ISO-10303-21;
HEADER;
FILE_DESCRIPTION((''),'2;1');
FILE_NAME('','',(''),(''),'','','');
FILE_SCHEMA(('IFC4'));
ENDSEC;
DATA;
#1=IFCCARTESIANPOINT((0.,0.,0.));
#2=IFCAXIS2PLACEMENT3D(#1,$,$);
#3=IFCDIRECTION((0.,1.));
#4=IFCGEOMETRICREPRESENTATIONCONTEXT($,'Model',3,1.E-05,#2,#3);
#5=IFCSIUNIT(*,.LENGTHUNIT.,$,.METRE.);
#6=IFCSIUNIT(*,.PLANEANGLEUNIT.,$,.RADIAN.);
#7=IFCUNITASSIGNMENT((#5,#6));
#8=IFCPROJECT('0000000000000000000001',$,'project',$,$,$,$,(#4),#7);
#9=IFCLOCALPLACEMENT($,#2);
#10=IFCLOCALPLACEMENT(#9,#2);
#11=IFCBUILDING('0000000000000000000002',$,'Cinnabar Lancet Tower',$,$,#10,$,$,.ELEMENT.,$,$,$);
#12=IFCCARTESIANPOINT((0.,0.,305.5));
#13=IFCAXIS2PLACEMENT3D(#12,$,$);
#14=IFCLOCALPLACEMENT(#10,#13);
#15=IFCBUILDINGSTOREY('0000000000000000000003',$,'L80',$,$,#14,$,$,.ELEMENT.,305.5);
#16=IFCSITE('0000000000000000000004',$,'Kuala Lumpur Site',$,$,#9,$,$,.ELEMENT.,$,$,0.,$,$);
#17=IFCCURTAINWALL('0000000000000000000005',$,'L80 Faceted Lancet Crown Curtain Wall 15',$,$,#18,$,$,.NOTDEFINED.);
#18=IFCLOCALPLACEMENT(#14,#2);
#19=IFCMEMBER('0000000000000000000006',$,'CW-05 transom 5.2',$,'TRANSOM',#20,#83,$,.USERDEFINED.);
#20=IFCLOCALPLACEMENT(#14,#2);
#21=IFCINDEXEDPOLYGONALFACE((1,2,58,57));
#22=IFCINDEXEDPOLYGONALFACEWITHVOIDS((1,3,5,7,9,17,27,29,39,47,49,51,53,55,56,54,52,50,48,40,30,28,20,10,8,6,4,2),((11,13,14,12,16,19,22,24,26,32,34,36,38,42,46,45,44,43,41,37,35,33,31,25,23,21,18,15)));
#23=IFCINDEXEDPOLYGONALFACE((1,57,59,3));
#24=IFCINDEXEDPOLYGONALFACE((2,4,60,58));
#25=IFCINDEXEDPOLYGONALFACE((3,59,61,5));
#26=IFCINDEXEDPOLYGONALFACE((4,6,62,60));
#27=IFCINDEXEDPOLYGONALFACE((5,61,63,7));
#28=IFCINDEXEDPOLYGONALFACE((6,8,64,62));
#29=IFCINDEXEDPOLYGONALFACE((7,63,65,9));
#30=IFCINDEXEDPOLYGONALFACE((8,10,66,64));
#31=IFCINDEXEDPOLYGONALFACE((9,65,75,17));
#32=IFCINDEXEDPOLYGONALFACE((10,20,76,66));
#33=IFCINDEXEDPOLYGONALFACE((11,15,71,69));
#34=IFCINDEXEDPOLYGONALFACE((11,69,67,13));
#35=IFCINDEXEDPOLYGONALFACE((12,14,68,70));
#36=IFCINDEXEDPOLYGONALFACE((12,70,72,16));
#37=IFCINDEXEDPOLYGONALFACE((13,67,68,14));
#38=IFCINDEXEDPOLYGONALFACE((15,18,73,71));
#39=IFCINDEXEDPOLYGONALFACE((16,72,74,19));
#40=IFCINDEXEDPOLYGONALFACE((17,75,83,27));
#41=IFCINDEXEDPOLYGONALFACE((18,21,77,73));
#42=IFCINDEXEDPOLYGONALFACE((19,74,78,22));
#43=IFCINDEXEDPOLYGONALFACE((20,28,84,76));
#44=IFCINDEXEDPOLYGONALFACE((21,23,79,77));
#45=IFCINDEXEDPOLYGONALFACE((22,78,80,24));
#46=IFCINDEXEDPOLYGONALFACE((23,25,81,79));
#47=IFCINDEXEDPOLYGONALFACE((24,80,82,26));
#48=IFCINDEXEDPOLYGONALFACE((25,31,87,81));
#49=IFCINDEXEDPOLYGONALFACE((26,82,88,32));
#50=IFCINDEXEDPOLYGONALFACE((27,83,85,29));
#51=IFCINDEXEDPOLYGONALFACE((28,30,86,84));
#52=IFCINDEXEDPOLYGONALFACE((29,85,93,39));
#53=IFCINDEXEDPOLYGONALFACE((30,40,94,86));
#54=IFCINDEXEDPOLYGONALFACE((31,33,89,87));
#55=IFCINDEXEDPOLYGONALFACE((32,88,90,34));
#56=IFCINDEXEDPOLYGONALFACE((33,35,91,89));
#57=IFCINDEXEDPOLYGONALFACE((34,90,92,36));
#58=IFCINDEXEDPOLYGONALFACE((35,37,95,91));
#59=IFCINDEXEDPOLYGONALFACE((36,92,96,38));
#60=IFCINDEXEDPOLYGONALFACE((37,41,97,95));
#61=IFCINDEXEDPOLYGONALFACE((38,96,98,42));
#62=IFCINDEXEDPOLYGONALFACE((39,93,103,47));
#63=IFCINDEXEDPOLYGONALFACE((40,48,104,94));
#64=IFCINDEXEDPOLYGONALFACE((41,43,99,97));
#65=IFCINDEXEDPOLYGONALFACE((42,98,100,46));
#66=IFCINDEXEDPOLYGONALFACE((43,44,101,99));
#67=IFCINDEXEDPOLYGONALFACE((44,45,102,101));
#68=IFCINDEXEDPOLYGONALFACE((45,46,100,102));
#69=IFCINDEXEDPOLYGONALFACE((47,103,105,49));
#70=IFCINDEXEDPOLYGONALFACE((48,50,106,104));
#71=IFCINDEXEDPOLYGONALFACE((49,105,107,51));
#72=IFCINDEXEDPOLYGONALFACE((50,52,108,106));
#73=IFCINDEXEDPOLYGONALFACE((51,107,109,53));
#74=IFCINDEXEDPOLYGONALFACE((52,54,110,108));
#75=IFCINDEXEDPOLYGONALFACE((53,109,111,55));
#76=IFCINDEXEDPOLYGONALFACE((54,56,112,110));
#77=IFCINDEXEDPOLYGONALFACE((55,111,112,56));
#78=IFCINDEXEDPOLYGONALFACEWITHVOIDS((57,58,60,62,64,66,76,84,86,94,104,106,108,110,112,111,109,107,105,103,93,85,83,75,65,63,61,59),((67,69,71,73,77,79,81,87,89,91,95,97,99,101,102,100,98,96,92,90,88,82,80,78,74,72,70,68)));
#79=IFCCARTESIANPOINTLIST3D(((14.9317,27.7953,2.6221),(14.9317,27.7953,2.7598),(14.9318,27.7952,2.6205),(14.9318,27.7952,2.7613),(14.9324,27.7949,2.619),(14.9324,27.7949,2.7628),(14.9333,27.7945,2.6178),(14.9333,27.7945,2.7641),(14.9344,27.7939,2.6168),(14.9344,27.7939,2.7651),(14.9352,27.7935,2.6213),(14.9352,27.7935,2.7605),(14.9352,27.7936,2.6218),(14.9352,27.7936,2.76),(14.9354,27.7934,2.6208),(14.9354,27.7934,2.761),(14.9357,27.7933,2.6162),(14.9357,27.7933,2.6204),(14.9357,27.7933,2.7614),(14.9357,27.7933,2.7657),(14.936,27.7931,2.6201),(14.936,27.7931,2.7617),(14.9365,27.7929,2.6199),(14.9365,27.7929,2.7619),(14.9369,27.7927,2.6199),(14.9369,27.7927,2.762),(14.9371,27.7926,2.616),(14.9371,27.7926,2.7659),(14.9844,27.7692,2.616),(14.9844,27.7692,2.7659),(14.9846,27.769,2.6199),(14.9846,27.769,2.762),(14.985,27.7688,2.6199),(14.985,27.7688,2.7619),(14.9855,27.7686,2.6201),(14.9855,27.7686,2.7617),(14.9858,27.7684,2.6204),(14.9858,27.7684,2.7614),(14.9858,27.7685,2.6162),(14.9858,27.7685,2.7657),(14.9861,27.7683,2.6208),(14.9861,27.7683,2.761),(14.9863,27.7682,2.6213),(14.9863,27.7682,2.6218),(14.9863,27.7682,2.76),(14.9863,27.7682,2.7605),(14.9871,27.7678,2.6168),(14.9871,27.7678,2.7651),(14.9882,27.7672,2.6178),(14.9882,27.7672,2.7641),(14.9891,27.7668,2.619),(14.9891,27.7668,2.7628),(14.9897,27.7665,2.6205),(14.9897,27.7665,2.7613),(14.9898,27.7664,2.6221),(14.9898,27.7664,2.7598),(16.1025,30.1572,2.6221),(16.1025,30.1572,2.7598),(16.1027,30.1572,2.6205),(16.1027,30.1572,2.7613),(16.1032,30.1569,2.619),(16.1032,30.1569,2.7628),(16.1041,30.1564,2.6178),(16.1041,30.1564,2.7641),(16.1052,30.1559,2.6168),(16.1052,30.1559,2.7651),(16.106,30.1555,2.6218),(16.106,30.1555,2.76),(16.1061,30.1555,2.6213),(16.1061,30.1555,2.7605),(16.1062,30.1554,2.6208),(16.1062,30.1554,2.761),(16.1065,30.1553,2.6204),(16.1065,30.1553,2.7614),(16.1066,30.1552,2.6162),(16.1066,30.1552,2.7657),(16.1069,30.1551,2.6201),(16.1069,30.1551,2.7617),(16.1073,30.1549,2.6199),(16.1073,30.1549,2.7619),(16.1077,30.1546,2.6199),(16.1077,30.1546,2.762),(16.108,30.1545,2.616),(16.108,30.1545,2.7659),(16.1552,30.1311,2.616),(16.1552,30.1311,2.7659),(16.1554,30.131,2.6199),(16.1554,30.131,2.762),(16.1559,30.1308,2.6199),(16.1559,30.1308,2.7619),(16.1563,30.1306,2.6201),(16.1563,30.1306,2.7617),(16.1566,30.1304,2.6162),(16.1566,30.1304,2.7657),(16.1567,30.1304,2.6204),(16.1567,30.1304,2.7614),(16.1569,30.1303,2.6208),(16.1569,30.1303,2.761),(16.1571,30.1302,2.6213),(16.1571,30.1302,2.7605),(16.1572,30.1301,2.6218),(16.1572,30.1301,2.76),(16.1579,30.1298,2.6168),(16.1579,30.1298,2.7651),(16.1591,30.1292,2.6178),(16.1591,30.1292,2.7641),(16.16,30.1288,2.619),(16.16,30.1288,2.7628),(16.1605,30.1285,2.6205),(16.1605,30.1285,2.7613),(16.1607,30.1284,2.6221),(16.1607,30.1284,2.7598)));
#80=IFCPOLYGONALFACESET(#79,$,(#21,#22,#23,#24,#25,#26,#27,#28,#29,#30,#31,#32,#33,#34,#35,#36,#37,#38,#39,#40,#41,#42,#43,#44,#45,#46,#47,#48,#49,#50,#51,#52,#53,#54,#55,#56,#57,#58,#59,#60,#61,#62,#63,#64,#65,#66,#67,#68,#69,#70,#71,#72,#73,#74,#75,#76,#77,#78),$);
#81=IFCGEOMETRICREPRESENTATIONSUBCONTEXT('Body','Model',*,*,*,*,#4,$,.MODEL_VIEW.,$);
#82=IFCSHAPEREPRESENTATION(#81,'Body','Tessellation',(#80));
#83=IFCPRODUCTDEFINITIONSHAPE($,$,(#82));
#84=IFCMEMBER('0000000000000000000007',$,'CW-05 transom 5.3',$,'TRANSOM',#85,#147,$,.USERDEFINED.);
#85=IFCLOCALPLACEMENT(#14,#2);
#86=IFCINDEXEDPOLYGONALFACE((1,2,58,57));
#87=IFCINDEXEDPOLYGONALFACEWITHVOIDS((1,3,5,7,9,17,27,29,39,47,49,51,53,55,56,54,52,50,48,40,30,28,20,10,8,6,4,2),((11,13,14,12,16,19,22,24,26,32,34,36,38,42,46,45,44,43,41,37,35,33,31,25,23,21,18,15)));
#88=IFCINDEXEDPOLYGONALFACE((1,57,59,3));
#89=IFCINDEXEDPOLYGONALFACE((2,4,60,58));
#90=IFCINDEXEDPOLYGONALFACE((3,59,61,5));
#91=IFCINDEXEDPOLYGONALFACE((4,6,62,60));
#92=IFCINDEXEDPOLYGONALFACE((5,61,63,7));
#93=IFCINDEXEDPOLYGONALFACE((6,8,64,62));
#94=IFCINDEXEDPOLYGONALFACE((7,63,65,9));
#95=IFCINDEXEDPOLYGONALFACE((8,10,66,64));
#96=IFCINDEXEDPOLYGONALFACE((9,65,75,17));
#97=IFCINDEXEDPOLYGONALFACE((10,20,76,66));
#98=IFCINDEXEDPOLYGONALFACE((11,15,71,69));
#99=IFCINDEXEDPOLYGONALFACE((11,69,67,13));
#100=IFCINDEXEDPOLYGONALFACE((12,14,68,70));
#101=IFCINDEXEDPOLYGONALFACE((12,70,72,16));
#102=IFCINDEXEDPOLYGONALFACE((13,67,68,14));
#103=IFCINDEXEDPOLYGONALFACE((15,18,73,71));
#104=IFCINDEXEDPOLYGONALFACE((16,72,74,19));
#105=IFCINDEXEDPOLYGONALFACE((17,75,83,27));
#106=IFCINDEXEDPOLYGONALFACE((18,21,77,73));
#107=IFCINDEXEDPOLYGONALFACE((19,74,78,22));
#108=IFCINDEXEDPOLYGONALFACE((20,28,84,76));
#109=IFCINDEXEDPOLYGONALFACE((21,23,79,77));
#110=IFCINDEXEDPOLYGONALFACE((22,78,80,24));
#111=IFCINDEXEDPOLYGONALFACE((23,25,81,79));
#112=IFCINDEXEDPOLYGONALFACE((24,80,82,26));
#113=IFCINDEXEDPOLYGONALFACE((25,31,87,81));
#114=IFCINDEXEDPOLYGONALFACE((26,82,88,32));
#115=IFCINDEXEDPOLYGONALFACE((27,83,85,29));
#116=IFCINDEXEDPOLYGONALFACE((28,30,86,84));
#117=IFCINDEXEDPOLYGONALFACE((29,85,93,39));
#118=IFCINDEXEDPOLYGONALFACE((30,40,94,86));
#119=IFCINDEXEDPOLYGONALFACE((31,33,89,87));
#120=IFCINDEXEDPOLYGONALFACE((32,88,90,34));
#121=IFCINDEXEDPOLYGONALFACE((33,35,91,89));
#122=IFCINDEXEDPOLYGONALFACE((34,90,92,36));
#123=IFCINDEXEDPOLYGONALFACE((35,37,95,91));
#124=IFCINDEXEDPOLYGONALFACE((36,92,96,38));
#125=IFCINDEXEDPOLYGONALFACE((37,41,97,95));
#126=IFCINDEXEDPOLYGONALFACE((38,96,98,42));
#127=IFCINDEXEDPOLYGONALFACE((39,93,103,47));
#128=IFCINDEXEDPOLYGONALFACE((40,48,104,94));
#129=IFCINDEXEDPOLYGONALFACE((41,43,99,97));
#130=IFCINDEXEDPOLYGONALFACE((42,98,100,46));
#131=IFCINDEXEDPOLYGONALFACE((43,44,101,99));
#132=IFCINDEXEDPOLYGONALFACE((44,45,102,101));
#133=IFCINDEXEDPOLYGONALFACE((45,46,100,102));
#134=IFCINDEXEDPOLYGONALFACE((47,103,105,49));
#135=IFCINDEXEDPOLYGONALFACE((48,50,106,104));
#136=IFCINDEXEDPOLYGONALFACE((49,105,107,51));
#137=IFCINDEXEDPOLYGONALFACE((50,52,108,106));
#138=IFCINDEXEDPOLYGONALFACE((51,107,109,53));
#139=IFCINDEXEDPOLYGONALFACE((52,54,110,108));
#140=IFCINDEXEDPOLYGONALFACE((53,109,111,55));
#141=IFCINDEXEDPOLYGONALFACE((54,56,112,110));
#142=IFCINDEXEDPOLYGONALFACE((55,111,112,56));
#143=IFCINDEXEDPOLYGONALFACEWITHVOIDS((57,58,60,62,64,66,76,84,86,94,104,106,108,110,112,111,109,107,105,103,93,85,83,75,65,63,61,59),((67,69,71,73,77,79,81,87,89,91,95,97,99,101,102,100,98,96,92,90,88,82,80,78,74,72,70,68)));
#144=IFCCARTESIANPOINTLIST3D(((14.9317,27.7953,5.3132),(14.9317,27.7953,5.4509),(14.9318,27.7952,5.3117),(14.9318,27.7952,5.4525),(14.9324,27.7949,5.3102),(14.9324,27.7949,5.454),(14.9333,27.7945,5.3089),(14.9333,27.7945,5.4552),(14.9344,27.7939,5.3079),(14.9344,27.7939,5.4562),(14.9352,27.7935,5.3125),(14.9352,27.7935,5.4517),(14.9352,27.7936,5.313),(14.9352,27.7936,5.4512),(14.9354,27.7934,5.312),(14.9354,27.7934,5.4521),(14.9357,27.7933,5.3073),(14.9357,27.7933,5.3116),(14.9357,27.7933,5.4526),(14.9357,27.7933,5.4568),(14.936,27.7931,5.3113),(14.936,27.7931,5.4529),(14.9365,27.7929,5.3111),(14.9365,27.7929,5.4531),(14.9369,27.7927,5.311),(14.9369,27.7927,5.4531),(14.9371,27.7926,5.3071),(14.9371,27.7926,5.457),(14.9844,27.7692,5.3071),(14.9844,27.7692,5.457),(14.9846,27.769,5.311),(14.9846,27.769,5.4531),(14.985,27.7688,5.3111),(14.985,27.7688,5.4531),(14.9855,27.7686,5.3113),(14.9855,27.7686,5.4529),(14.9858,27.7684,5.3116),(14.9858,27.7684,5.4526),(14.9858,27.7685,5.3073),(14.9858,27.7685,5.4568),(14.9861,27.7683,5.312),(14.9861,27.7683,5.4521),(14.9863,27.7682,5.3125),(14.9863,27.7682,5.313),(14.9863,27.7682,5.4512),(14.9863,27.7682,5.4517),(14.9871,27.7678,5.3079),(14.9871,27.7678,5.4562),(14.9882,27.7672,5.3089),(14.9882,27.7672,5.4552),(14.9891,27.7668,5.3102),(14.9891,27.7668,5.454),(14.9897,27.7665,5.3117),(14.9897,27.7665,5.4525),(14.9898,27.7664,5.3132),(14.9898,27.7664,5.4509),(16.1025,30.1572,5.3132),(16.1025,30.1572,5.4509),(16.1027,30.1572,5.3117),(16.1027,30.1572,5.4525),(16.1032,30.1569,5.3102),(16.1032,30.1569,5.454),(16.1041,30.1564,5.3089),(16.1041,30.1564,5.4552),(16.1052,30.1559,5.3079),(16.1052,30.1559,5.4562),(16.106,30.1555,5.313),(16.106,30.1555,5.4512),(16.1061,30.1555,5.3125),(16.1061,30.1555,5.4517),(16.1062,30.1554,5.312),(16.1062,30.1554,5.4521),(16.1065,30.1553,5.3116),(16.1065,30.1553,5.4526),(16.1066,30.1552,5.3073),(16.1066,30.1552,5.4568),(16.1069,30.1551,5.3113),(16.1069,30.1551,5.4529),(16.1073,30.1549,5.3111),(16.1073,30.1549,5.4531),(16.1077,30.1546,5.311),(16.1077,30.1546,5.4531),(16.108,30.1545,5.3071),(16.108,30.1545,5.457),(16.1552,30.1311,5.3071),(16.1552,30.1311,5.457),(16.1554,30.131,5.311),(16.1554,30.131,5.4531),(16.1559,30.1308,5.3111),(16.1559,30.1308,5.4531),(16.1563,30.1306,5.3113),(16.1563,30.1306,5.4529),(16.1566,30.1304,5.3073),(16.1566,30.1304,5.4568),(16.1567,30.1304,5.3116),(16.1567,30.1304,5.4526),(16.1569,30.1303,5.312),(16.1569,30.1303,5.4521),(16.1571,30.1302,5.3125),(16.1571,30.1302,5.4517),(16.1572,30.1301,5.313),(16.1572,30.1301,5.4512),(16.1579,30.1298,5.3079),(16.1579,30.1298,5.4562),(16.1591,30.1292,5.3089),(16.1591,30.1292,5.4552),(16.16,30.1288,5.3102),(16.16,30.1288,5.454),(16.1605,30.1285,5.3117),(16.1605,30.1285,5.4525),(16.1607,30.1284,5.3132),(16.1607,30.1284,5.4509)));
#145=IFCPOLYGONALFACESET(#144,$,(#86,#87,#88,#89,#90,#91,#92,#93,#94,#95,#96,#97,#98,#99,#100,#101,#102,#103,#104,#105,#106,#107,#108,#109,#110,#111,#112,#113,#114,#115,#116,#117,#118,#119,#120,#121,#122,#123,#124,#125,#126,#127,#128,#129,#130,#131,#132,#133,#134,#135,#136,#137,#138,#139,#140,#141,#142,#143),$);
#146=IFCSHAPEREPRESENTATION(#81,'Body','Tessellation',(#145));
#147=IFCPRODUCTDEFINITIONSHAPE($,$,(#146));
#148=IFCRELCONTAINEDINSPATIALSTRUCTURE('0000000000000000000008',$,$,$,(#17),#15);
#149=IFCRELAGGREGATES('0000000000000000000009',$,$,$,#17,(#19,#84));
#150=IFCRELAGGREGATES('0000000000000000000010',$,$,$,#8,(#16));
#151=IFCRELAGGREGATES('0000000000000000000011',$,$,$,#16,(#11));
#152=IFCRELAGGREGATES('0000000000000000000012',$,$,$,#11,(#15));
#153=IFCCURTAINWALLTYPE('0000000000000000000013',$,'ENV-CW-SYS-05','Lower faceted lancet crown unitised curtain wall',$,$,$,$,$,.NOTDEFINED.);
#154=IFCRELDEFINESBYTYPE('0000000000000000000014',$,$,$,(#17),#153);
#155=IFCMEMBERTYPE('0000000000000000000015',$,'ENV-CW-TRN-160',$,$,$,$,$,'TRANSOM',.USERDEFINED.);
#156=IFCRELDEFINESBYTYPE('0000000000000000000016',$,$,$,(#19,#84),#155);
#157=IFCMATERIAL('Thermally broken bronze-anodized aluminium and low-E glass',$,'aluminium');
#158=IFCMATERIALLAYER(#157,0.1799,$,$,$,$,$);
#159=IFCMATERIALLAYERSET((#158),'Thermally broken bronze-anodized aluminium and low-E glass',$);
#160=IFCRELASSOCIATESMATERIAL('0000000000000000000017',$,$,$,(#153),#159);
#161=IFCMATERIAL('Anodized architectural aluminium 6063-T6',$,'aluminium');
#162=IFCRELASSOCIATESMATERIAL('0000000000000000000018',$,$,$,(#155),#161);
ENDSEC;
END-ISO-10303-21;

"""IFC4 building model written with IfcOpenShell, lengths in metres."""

from ifc_helpers import new_model, si_unit, direction, frame, origin, origin_2d, place, context, subcontext, project, spatial, hollow_rectangle, extrude, material, layer, layer_set, material_profile, profile_set, type_object, element, aggregate, save


model = new_model("IFC4")

# Units and contexts
model_context = context("Model", 3, precision=1e-05, world=origin(), true_north=direction((0.0, 1.0)))
body_context = subcontext(model_context, "Body", "Model", "MODEL_VIEW")
ifc_project = project(units=[si_unit("LENGTHUNIT", "METRE"), si_unit("PLANEANGLEUNIT", "RADIAN")], contexts=[model_context])

# Site, building, storey
site_placement = place(None, origin())
site = spatial("IfcSite", under=ifc_project, at=site_placement, Name="Kuala Lumpur Site", CompositionType="ELEMENT", RefElevation=0.0)
building_placement = place(site_placement, origin())
building = spatial("IfcBuilding", under=site, at=building_placement, Name="Cinnabar Lancet Tower", CompositionType="ELEMENT")
storey_placement = place(building_placement, frame((0.0, 0.0, 305.5)))
storey = spatial("IfcBuildingStorey", under=building, at=storey_placement, Name="L80", CompositionType="ELEMENT", Elevation=305.5)

# Curtain wall
ifc_material_1 = material(Name="Thermally broken bronze-anodized aluminium and low-E glass", Category="aluminium")
ifc_layer_1 = layer(ifc_material_1, 0.1799)
ifc_layer_set_1 = layer_set([ifc_layer_1], Name="Thermally broken bronze-anodized aluminium and low-E glass")
curtain_wall_type = type_object("IfcCurtainWallType", Name="ENV-CW-SYS-05", Description="Lower faceted lancet crown unitised curtain wall", PredefinedType="NOTDEFINED", material=ifc_layer_set_1)
curtain_wall_1_placement = place(storey_placement, origin())
curtain_wall_1 = element("IfcCurtainWall", 1, at=curtain_wall_1_placement, inside=storey, type_object=curtain_wall_type, Name="L80 Faceted Lancet Crown Curtain Wall 15", PredefinedType="NOTDEFINED")

# Members
ifc_material_2 = material(Name="Anodized architectural aluminium 6063-T6", Category="aluminium")
ifc_material_profile_1 = material_profile(ifc_material_2, hollow_rectangle(XDim=0.0649, YDim=0.1499, WallThickness=0.0039, InnerFilletRadius=0.002, OuterFilletRadius=0.0061, at=origin_2d()), Name="CW-TRN 150x65x4")
ifc_profile_set_1 = profile_set([ifc_material_profile_1], Name="Anodized architectural aluminium 6063-T6")
member_type_1 = type_object("IfcMemberType", Name="ENV-CW-TRN-160", ElementType="TRANSOM", PredefinedType="USERDEFINED", material=ifc_profile_set_1)
member_1_placement = place(storey_placement, frame((16.1316, 30.1428, 2.6909), z_axis=(-0.444136, -0.895959, 0.0), x_axis=(0.895959, -0.444136, 0.0)))
member_1 = element("IfcMember", 2, at=member_1_placement, type_object=member_type_1, Name="CW-05 transom 5.2", ObjectType="TRANSOM", PredefinedType="USERDEFINED", context=body_context, shape_type="SweptSolid", body=[
    extrude(hollow_rectangle(XDim=0.0649, YDim=0.1499, WallThickness=0.0039, InnerFilletRadius=0.002, OuterFilletRadius=0.0061, at=origin_2d()), origin(), (0.0, 0.0, 1.0), 2.6362),
])
member_2_placement = place(storey_placement, frame((16.1316, 30.1428, 5.3821), z_axis=(-0.444136, -0.895959, 0.0), x_axis=(0.895959, -0.444136, 0.0)))
member_2 = element("IfcMember", 3, at=member_2_placement, type_object=member_type_1, Name="CW-05 transom 5.3", ObjectType="TRANSOM", PredefinedType="USERDEFINED", context=body_context, shape_type="SweptSolid", body=[
    extrude(hollow_rectangle(XDim=0.0649, YDim=0.1499, WallThickness=0.0039, InnerFilletRadius=0.002, OuterFilletRadius=0.0061, at=origin_2d()), origin(), (0.0, 0.0, 1.0), 2.6362),
])

aggregate(curtain_wall_1, [member_1, member_2])

save(model, "model.ifc")
